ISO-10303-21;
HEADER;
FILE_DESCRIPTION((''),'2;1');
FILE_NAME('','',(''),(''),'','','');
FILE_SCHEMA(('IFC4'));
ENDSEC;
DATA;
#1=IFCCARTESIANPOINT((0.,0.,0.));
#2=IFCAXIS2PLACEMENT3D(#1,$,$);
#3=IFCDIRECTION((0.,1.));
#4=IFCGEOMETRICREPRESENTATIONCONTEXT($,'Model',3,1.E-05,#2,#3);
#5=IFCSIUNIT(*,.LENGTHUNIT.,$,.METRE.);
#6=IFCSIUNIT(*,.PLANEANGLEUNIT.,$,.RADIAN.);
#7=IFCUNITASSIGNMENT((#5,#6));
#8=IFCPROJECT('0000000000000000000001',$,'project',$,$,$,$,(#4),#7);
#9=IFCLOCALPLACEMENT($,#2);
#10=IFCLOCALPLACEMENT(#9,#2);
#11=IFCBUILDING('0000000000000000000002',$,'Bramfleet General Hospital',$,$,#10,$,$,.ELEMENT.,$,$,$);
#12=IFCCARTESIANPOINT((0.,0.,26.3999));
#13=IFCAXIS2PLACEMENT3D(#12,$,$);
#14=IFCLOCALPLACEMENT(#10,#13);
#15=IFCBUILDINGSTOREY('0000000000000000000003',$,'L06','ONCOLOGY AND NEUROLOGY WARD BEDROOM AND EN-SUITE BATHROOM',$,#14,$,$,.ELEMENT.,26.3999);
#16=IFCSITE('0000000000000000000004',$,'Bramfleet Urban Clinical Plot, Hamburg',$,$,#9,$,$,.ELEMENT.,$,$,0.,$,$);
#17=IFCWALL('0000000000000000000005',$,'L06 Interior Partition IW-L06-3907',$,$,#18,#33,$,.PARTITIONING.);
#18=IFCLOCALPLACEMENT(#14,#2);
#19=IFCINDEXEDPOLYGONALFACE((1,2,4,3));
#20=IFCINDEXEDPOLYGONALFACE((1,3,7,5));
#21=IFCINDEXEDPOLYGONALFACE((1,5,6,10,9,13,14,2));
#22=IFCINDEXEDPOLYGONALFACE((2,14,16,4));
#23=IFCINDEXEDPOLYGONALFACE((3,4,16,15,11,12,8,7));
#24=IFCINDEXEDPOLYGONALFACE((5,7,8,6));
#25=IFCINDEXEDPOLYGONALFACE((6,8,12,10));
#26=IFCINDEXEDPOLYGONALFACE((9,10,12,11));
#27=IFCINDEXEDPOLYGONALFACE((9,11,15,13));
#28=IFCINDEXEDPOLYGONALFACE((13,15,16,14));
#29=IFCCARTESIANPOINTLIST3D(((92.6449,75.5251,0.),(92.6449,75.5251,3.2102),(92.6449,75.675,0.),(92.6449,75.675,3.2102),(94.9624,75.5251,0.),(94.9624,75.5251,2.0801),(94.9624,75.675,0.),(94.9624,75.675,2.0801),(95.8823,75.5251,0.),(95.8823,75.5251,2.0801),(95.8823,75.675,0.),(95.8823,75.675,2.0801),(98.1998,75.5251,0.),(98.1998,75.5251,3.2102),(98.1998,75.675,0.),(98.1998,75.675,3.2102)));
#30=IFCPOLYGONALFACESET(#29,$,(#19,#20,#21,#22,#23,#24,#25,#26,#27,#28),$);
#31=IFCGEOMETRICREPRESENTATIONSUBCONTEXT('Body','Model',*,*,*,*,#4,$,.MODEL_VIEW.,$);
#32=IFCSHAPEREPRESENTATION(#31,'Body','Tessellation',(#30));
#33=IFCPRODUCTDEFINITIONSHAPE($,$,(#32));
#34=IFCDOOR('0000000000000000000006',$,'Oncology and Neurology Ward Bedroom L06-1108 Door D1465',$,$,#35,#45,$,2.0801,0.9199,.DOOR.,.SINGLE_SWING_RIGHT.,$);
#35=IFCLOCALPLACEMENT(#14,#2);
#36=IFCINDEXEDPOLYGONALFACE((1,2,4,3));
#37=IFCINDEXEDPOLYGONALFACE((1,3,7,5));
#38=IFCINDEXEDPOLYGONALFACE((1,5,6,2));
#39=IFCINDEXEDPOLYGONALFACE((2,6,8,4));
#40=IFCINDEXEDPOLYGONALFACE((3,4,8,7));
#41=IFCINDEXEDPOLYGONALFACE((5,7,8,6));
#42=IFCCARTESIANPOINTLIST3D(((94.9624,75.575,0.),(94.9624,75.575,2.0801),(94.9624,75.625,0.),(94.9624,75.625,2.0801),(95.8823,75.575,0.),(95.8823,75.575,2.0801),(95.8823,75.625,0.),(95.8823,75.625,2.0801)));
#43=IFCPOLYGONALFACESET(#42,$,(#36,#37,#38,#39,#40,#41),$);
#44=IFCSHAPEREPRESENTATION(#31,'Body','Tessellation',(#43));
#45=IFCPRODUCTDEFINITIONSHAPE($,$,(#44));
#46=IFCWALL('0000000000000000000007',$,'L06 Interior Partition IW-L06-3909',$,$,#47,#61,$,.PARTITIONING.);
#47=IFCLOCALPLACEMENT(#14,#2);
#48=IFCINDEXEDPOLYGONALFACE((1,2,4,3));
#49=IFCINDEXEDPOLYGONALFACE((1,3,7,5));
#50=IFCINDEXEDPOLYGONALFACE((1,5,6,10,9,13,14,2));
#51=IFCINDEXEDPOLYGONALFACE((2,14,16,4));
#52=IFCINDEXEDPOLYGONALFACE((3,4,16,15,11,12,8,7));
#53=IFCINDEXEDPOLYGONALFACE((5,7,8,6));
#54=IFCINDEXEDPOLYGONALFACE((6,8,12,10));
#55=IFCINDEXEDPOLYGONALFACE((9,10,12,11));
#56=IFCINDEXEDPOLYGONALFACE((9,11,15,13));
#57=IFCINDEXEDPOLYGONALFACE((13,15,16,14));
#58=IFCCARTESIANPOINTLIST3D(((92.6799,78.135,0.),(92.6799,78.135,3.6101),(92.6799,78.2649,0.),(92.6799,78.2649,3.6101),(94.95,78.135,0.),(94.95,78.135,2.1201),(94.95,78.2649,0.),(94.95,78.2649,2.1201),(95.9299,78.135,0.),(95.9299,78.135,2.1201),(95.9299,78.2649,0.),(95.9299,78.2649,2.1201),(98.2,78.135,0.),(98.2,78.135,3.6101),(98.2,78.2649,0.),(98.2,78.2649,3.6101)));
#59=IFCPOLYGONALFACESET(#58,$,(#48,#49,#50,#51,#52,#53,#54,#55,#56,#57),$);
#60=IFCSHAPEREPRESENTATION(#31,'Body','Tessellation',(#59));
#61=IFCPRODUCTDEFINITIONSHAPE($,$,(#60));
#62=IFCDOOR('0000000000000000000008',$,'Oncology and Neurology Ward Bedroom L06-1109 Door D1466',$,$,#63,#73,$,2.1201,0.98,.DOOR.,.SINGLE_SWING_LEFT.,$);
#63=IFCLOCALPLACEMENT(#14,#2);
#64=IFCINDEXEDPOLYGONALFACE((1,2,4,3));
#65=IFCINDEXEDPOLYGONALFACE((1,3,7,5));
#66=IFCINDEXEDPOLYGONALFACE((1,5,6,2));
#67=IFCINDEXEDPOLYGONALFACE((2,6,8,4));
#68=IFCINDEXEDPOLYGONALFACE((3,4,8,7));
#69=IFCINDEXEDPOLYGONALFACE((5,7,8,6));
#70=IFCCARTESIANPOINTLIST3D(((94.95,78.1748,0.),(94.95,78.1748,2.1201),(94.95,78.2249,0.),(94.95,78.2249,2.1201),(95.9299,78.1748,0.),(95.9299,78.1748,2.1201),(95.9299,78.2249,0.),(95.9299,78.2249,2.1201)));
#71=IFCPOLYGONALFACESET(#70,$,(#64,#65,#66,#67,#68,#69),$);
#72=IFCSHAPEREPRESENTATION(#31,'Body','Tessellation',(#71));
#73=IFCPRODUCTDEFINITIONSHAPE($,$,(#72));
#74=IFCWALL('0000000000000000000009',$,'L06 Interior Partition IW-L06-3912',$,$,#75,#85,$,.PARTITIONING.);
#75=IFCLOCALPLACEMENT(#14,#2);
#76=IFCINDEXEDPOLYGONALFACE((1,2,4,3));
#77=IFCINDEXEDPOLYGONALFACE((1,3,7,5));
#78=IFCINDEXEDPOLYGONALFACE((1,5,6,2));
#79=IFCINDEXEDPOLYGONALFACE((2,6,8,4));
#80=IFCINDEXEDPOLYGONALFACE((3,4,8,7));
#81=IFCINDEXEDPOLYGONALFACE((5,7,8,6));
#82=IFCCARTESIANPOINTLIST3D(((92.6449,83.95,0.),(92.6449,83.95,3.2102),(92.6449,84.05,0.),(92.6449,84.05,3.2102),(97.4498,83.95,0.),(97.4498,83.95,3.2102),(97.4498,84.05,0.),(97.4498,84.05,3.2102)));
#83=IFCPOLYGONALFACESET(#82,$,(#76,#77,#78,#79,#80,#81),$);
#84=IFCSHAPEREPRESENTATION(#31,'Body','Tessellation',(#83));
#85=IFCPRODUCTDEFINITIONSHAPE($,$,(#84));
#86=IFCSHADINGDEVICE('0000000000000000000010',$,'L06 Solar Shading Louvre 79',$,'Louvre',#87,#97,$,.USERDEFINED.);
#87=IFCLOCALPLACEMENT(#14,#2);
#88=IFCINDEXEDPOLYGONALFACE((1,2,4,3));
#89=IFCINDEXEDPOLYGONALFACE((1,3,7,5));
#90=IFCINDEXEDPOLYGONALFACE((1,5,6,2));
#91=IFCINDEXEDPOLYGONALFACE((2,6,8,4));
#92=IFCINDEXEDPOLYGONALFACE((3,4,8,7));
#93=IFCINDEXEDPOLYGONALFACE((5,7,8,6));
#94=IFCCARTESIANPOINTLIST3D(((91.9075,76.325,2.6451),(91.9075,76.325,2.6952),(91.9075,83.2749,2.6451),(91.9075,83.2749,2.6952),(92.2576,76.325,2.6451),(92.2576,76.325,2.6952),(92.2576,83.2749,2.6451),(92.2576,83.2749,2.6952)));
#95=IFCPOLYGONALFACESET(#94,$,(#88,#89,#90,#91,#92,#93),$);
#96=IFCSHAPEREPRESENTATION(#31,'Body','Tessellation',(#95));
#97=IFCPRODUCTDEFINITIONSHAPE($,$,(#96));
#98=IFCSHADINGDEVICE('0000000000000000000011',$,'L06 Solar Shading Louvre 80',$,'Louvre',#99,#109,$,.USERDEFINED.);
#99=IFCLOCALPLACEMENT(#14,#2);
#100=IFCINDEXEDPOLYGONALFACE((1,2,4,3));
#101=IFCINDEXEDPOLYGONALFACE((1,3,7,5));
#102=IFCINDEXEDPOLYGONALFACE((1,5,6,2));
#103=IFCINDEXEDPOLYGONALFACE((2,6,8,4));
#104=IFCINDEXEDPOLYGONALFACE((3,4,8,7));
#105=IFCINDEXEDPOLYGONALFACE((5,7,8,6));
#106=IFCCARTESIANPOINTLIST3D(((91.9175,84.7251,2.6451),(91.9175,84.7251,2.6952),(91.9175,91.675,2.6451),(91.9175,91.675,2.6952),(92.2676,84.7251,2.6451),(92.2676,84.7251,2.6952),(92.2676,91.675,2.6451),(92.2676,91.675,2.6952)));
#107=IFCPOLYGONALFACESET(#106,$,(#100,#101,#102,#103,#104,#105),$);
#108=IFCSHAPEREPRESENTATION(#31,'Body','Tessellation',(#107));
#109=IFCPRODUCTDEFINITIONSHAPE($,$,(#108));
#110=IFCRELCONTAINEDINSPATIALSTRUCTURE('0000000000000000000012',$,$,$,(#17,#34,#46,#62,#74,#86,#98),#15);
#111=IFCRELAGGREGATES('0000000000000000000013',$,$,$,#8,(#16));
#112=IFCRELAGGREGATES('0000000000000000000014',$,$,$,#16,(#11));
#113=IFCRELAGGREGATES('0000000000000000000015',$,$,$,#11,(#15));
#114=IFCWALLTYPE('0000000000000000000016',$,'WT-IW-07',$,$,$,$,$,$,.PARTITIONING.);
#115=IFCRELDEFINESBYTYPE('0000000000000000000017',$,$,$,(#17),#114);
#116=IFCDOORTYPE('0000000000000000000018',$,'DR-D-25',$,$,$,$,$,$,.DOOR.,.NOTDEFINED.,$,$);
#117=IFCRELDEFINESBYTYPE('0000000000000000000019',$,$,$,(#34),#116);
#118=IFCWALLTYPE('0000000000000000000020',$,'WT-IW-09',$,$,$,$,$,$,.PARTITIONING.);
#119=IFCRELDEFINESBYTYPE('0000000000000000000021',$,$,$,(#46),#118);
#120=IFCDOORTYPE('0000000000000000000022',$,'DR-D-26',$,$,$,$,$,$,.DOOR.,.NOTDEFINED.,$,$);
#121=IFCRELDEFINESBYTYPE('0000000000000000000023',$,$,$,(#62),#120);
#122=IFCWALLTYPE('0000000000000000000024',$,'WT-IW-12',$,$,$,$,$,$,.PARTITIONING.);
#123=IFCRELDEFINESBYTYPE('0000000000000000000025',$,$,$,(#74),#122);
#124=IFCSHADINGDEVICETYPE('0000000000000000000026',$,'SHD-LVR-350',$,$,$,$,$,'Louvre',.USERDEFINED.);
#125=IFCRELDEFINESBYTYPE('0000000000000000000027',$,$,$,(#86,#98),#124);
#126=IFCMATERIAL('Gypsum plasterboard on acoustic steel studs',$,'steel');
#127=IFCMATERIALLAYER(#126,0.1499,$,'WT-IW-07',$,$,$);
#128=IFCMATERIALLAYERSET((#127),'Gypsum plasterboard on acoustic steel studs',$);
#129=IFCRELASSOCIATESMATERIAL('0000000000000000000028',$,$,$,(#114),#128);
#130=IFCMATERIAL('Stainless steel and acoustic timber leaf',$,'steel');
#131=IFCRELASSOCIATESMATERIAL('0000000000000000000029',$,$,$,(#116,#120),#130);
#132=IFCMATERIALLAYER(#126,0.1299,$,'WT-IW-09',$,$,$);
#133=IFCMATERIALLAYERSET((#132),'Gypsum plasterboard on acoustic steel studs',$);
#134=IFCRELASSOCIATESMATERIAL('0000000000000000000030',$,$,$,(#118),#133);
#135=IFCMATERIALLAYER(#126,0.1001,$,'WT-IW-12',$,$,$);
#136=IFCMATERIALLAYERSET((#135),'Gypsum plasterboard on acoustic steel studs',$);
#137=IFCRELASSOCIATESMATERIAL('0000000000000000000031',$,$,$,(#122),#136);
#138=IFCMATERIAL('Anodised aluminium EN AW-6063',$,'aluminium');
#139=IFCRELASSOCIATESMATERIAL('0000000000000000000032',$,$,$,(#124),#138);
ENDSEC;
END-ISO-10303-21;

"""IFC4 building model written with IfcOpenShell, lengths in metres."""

from ifc_helpers import new_model, si_unit, direction, frame, frame_2d, origin, origin_2d, place, context, subcontext, project, spatial, rectangle, extrude, material, layer, layer_set, material_profile, profile_set, type_object, element, fill, save


model = new_model("IFC4")

# Units and contexts
model_context = context("Model", 3, precision=1e-05, world=origin(), true_north=direction((0.0, 1.0)))
body_context = subcontext(model_context, "Body", "Model", "MODEL_VIEW")
ifc_project = project(units=[si_unit("LENGTHUNIT", "METRE"), si_unit("PLANEANGLEUNIT", "RADIAN")], contexts=[model_context])

# Site, building, storey
site_placement = place(None, origin())
site = spatial("IfcSite", under=ifc_project, at=site_placement, Name="Bramfleet Urban Clinical Plot, Hamburg", CompositionType="ELEMENT", RefElevation=0.0)
building_placement = place(site_placement, origin())
building = spatial("IfcBuilding", under=site, at=building_placement, Name="Bramfleet General Hospital", CompositionType="ELEMENT")
storey_placement = place(building_placement, frame((0.0, 0.0, 26.3999)))
storey = spatial("IfcBuildingStorey", under=building, at=storey_placement, Name="L06", Description="ONCOLOGY AND NEUROLOGY WARD BEDROOM AND EN-SUITE BATHROOM", CompositionType="ELEMENT", Elevation=26.3999)

# Walls, openings, doors
ifc_material_1 = material(Name="Gypsum plasterboard on acoustic steel studs", Category="steel")
ifc_layer_1 = layer(ifc_material_1, 0.1499, Name="WT-IW-07")
ifc_layer_set_1 = layer_set([ifc_layer_1], Name="Gypsum plasterboard on acoustic steel studs")
wall_type_1 = type_object("IfcWallType", Name="WT-IW-07", PredefinedType="PARTITIONING", material=ifc_layer_set_1)
wall_1_placement = place(storey_placement, frame((92.645, 75.6001, 0.0), z_axis=(0.0, 0.0, 1.0), x_axis=(1.0, 0.0, 0.0)))
wall_1 = element("IfcWall", 1, at=wall_1_placement, inside=storey, type_object=wall_type_1, Name="L06 Interior Partition IW-L06-3907", PredefinedType="PARTITIONING", context=body_context, shape_type="SweptSolid", body=[
    extrude(rectangle(XDim=5.5549, YDim=0.1499, at=frame_2d((2.7773, 0.0))), origin(), (0.0, 0.0, 1.0), 3.2102),
])
opening_1_placement = place(wall_1_placement, frame((2.3174, 0.0, 0.0)))
opening_1 = element("IfcOpeningElement", 2, at=opening_1_placement, cuts=wall_1, PredefinedType="OPENING", context=body_context, shape_type="SweptSolid", body=[
    extrude(rectangle(XDim=0.9199, YDim=2.0801, at=frame_2d((0.46, 1.04))), frame((0.0, 0.085, 0.0), z_axis=(0.0, -1.0, 0.0), x_axis=(1.0, 0.0, 0.0)), (0.0, 0.0, 1.0), 0.1699),
])
ifc_material_2 = material(Name="Stainless steel and acoustic timber leaf", Category="steel")
door_type_1 = type_object("IfcDoorType", Name="DR-D-25", OperationType="NOTDEFINED", PredefinedType="DOOR", material=ifc_material_2)
door_1_placement = place(opening_1_placement, origin())
door_1 = element("IfcDoor", 3, at=door_1_placement, inside=storey, type_object=door_type_1, Name="Oncology and Neurology Ward Bedroom L06-1108 Door D1465", OperationType="SINGLE_SWING_RIGHT", OverallHeight=2.0801, OverallWidth=0.9199, PredefinedType="DOOR", context=body_context, shape_type="SweptSolid", body=[
    extrude(rectangle(XDim=0.9199, YDim=2.0801, at=frame_2d((0.46, 1.04))), frame((0.0, 0.0249, 0.0), z_axis=(0.0, -1.0, 0.0), x_axis=(1.0, 0.0, 0.0)), (0.0, 0.0, 1.0), 0.05),
])
fill(opening_1, door_1)
ifc_layer_2 = layer(ifc_material_1, 0.1299, Name="WT-IW-09")
ifc_layer_set_2 = layer_set([ifc_layer_2], Name="Gypsum plasterboard on acoustic steel studs")
wall_type_2 = type_object("IfcWallType", Name="WT-IW-09", PredefinedType="PARTITIONING", material=ifc_layer_set_2)
wall_2_placement = place(storey_placement, frame((92.6799, 78.2, 0.0), z_axis=(0.0, 0.0, 1.0), x_axis=(1.0, 0.0, 0.0)))
wall_2 = element("IfcWall", 4, at=wall_2_placement, inside=storey, type_object=wall_type_2, Name="L06 Interior Partition IW-L06-3909", PredefinedType="PARTITIONING", context=body_context, shape_type="SweptSolid", body=[
    extrude(rectangle(XDim=5.52, YDim=0.1299, at=frame_2d((2.76, 0.0))), origin(), (0.0, 0.0, 1.0), 3.6101),
])
opening_2_placement = place(wall_2_placement, frame((2.27, 0.0, 0.0)))
opening_2 = element("IfcOpeningElement", 5, at=opening_2_placement, cuts=wall_2, PredefinedType="OPENING", context=body_context, shape_type="SweptSolid", body=[
    extrude(rectangle(XDim=0.98, YDim=2.1201, at=frame_2d((0.49, 1.0601))), frame((0.0, 0.075, 0.0), z_axis=(0.0, -1.0, 0.0), x_axis=(1.0, 0.0, 0.0)), (0.0, 0.0, 1.0), 0.1499),
])
door_type_2 = type_object("IfcDoorType", Name="DR-D-26", OperationType="NOTDEFINED", PredefinedType="DOOR", material=ifc_material_2)
door_2_placement = place(opening_2_placement, origin())
door_2 = element("IfcDoor", 6, at=door_2_placement, inside=storey, type_object=door_type_2, Name="Oncology and Neurology Ward Bedroom L06-1109 Door D1466", OperationType="SINGLE_SWING_LEFT", OverallHeight=2.1201, OverallWidth=0.98, PredefinedType="DOOR", context=body_context, shape_type="SweptSolid", body=[
    extrude(rectangle(XDim=0.98, YDim=2.1201, at=frame_2d((0.49, 1.0601))), frame((0.0, 0.0249, 0.0), z_axis=(0.0, -1.0, 0.0), x_axis=(1.0, 0.0, 0.0)), (0.0, 0.0, 1.0), 0.05),
])
fill(opening_2, door_2)

# Wall
ifc_layer_3 = layer(ifc_material_1, 0.1001, Name="WT-IW-12")
ifc_layer_set_3 = layer_set([ifc_layer_3], Name="Gypsum plasterboard on acoustic steel studs")
wall_type_3 = type_object("IfcWallType", Name="WT-IW-12", PredefinedType="PARTITIONING", material=ifc_layer_set_3)
wall_3_placement = place(storey_placement, frame((92.645, 84.0, 0.0), z_axis=(0.0, 0.0, 1.0), x_axis=(1.0, 0.0, 0.0)))
element("IfcWall", 7, at=wall_3_placement, inside=storey, type_object=wall_type_3, Name="L06 Interior Partition IW-L06-3912", PredefinedType="PARTITIONING", context=body_context, shape_type="SweptSolid", body=[
    extrude(rectangle(XDim=4.8049, YDim=0.1001, at=frame_2d((2.4023, 0.0))), origin(), (0.0, 0.0, 1.0), 3.2102),
])

# Shading devices
ifc_material_3 = material(Name="Anodised aluminium EN AW-6063", Category="aluminium")
ifc_material_profile_1 = material_profile(ifc_material_3, rectangle(XDim=0.05, YDim=0.3501, at=origin_2d()), Name="ALU LOUVRE 350x50")
ifc_profile_set_1 = profile_set([ifc_material_profile_1], Name="Anodised aluminium EN AW-6063")
shading_device_type = type_object("IfcShadingDeviceType", Name="SHD-LVR-350", ElementType="Louvre", PredefinedType="USERDEFINED", material=ifc_profile_set_1)
for number, where, z_axis, x_axis, name in (
    (8, (92.0825, 76.325, 2.6702), (0.0, 1.0, 0.0), (0.0, 0.0, 1.0), "L06 Solar Shading Louvre 79"),
    (9, (92.0925, 84.7251, 2.6702), (0.0, 1.0, 0.0), (0.0, 0.0, 1.0), "L06 Solar Shading Louvre 80"),
):
    element("IfcShadingDevice", number, at=place(storey_placement, frame(where, z_axis=z_axis, x_axis=x_axis)), inside=storey, type_object=shading_device_type, Name=name, ObjectType="Louvre", PredefinedType="USERDEFINED", context=body_context, shape_type="SweptSolid", body=[
        extrude(rectangle(XDim=0.05, YDim=0.3501, at=origin_2d()), origin(), (0.0, 0.0, 1.0), 6.95),
    ])

save(model, "model.ifc")
